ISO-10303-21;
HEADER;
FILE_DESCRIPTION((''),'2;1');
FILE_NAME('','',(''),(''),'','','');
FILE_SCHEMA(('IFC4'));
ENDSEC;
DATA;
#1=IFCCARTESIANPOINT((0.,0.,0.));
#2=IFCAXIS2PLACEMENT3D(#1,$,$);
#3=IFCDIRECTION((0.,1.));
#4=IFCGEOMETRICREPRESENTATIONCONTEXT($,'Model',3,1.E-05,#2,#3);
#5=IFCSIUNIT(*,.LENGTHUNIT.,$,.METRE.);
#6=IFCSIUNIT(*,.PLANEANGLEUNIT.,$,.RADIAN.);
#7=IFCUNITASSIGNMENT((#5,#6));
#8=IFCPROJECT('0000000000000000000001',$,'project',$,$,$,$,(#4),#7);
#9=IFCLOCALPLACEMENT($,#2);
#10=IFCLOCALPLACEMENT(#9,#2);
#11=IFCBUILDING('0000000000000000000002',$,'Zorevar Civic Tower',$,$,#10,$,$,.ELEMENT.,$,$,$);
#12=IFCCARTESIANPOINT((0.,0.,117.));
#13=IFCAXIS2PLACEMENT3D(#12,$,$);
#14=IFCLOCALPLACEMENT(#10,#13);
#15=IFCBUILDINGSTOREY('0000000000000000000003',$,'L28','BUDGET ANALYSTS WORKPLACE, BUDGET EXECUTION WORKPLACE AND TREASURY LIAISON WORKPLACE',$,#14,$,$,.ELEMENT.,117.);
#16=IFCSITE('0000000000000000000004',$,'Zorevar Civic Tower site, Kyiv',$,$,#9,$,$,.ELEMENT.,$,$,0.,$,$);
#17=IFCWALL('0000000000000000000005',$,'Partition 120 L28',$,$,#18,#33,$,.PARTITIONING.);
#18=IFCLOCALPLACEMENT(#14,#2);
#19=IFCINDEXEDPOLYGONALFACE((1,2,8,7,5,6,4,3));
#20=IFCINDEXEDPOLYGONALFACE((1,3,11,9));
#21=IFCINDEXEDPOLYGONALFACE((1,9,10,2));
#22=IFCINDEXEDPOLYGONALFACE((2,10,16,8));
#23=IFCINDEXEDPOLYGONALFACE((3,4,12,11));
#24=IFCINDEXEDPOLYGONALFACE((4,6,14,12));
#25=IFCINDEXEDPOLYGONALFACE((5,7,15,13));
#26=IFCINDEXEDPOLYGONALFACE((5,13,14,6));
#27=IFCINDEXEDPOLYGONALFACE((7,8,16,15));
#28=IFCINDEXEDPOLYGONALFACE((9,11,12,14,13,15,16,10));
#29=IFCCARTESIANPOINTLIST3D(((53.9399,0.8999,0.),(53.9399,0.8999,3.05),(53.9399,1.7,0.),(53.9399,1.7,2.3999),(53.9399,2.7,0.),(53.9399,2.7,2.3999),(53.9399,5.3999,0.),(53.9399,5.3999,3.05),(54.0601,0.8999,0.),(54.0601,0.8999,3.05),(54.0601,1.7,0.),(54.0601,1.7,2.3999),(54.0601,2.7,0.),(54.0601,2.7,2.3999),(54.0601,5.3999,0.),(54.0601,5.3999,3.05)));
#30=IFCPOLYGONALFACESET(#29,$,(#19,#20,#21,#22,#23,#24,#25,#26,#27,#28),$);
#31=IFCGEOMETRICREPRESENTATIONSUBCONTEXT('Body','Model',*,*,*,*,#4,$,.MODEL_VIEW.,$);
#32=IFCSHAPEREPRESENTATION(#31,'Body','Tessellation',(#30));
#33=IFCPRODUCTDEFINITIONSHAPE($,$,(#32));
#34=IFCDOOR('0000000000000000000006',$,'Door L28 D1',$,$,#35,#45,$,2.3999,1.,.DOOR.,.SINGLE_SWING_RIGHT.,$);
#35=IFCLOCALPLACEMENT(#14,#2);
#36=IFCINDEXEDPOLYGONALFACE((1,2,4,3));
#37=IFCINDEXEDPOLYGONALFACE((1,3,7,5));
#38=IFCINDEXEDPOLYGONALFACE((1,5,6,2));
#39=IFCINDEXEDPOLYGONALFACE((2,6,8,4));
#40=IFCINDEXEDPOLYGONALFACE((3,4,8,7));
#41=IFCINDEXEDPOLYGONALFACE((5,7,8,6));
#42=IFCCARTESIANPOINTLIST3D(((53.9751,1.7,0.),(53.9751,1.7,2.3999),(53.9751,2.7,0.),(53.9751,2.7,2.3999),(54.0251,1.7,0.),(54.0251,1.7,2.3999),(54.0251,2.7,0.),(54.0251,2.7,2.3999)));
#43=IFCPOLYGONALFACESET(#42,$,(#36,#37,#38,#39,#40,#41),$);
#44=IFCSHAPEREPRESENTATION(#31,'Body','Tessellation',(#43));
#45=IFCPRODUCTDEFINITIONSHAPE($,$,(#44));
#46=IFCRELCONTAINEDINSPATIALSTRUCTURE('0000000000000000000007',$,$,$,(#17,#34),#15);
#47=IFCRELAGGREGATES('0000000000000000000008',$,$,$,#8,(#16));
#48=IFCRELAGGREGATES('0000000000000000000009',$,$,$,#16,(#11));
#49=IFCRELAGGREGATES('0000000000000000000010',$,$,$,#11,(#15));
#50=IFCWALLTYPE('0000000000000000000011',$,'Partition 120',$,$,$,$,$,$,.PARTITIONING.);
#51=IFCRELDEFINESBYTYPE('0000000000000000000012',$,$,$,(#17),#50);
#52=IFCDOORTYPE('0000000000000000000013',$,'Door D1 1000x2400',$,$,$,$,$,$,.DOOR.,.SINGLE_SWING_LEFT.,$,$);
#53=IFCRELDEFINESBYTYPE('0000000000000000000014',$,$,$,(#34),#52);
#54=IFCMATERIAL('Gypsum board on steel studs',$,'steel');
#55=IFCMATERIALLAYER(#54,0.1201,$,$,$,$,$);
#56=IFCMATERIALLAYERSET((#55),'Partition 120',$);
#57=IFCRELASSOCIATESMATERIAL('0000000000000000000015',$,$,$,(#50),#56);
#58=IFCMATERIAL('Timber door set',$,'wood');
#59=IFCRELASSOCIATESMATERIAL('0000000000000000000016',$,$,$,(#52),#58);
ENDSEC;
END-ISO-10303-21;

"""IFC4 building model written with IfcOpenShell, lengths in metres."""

from ifc_helpers import new_model, si_unit, direction, frame, frame_2d, origin, place, context, subcontext, project, spatial, rectangle, extrude, material, layer, layer_set, type_object, element, fill, save


model = new_model("IFC4")

# Units and contexts
model_context = context("Model", 3, precision=1e-05, world=origin(), true_north=direction((0.0, 1.0)))
body_context = subcontext(model_context, "Body", "Model", "MODEL_VIEW")
ifc_project = project(units=[si_unit("LENGTHUNIT", "METRE"), si_unit("PLANEANGLEUNIT", "RADIAN")], contexts=[model_context])

# Site, building, storey
site_placement = place(None, origin())
site = spatial("IfcSite", under=ifc_project, at=site_placement, Name="Zorevar Civic Tower site, Kyiv", CompositionType="ELEMENT", RefElevation=0.0)
building_placement = place(site_placement, origin())
building = spatial("IfcBuilding", under=site, at=building_placement, Name="Zorevar Civic Tower", CompositionType="ELEMENT")
storey_placement = place(building_placement, frame((0.0, 0.0, 117.0)))
storey = spatial("IfcBuildingStorey", under=building, at=storey_placement, Name="L28", Description="BUDGET ANALYSTS WORKPLACE, BUDGET EXECUTION WORKPLACE AND TREASURY LIAISON WORKPLACE", CompositionType="ELEMENT", Elevation=117.0)

# Shared definitions
ifc_material_1 = material(Name="Gypsum board on steel studs", Category="steel")
ifc_layer_1 = layer(ifc_material_1, 0.1201)
ifc_layer_set_1 = layer_set([ifc_layer_1], Name="Partition 120")
wall_type = type_object("IfcWallType", Name="Partition 120", PredefinedType="PARTITIONING", material=ifc_layer_set_1)

# Wall, opening, door
wall_1_placement = place(storey_placement, frame((54.0, 0.8999, 0.0), z_axis=(0.0, 0.0, 1.0), x_axis=(0.0, 1.0, 0.0)))
wall_1 = element("IfcWall", 1, at=wall_1_placement, inside=storey, type_object=wall_type, Name="Partition 120 L28", PredefinedType="PARTITIONING", context=body_context, shape_type="SweptSolid", body=[
    extrude(rectangle(XDim=4.5, YDim=0.1201, at=frame_2d((2.25, 0.0))), origin(), (0.0, 0.0, 1.0), 3.05),
])
opening_placement = place(wall_1_placement, frame((0.8, 0.0, 0.0)))
opening = element("IfcOpeningElement", 2, at=opening_placement, cuts=wall_1, PredefinedType="OPENING", context=body_context, shape_type="SweptSolid", body=[
    extrude(rectangle(XDim=1.0, YDim=2.3999, at=frame_2d((0.5, 1.2))), frame((0.0, 0.0701, 0.0), z_axis=(0.0, -1.0, 0.0), x_axis=(1.0, 0.0, 0.0)), (0.0, 0.0, 1.0), 0.1401),
])
ifc_material_2 = material(Name="Timber door set", Category="wood")
door_type = type_object("IfcDoorType", Name="Door D1 1000x2400", OperationType="SINGLE_SWING_LEFT", PredefinedType="DOOR", material=ifc_material_2)
door_placement = place(opening_placement, origin())
door = element("IfcDoor", 3, at=door_placement, inside=storey, type_object=door_type, Name="Door L28 D1", OperationType="SINGLE_SWING_RIGHT", OverallHeight=2.3999, OverallWidth=1.0, PredefinedType="DOOR", context=body_context, shape_type="SweptSolid", body=[
    extrude(rectangle(XDim=1.0, YDim=2.3999, at=frame_2d((0.5, 1.2))), frame((0.0, 0.0249, 0.0), z_axis=(0.0, -1.0, 0.0), x_axis=(1.0, 0.0, 0.0)), (0.0, 0.0, 1.0), 0.05),
])
fill(opening, door)

save(model, "model.ifc")
